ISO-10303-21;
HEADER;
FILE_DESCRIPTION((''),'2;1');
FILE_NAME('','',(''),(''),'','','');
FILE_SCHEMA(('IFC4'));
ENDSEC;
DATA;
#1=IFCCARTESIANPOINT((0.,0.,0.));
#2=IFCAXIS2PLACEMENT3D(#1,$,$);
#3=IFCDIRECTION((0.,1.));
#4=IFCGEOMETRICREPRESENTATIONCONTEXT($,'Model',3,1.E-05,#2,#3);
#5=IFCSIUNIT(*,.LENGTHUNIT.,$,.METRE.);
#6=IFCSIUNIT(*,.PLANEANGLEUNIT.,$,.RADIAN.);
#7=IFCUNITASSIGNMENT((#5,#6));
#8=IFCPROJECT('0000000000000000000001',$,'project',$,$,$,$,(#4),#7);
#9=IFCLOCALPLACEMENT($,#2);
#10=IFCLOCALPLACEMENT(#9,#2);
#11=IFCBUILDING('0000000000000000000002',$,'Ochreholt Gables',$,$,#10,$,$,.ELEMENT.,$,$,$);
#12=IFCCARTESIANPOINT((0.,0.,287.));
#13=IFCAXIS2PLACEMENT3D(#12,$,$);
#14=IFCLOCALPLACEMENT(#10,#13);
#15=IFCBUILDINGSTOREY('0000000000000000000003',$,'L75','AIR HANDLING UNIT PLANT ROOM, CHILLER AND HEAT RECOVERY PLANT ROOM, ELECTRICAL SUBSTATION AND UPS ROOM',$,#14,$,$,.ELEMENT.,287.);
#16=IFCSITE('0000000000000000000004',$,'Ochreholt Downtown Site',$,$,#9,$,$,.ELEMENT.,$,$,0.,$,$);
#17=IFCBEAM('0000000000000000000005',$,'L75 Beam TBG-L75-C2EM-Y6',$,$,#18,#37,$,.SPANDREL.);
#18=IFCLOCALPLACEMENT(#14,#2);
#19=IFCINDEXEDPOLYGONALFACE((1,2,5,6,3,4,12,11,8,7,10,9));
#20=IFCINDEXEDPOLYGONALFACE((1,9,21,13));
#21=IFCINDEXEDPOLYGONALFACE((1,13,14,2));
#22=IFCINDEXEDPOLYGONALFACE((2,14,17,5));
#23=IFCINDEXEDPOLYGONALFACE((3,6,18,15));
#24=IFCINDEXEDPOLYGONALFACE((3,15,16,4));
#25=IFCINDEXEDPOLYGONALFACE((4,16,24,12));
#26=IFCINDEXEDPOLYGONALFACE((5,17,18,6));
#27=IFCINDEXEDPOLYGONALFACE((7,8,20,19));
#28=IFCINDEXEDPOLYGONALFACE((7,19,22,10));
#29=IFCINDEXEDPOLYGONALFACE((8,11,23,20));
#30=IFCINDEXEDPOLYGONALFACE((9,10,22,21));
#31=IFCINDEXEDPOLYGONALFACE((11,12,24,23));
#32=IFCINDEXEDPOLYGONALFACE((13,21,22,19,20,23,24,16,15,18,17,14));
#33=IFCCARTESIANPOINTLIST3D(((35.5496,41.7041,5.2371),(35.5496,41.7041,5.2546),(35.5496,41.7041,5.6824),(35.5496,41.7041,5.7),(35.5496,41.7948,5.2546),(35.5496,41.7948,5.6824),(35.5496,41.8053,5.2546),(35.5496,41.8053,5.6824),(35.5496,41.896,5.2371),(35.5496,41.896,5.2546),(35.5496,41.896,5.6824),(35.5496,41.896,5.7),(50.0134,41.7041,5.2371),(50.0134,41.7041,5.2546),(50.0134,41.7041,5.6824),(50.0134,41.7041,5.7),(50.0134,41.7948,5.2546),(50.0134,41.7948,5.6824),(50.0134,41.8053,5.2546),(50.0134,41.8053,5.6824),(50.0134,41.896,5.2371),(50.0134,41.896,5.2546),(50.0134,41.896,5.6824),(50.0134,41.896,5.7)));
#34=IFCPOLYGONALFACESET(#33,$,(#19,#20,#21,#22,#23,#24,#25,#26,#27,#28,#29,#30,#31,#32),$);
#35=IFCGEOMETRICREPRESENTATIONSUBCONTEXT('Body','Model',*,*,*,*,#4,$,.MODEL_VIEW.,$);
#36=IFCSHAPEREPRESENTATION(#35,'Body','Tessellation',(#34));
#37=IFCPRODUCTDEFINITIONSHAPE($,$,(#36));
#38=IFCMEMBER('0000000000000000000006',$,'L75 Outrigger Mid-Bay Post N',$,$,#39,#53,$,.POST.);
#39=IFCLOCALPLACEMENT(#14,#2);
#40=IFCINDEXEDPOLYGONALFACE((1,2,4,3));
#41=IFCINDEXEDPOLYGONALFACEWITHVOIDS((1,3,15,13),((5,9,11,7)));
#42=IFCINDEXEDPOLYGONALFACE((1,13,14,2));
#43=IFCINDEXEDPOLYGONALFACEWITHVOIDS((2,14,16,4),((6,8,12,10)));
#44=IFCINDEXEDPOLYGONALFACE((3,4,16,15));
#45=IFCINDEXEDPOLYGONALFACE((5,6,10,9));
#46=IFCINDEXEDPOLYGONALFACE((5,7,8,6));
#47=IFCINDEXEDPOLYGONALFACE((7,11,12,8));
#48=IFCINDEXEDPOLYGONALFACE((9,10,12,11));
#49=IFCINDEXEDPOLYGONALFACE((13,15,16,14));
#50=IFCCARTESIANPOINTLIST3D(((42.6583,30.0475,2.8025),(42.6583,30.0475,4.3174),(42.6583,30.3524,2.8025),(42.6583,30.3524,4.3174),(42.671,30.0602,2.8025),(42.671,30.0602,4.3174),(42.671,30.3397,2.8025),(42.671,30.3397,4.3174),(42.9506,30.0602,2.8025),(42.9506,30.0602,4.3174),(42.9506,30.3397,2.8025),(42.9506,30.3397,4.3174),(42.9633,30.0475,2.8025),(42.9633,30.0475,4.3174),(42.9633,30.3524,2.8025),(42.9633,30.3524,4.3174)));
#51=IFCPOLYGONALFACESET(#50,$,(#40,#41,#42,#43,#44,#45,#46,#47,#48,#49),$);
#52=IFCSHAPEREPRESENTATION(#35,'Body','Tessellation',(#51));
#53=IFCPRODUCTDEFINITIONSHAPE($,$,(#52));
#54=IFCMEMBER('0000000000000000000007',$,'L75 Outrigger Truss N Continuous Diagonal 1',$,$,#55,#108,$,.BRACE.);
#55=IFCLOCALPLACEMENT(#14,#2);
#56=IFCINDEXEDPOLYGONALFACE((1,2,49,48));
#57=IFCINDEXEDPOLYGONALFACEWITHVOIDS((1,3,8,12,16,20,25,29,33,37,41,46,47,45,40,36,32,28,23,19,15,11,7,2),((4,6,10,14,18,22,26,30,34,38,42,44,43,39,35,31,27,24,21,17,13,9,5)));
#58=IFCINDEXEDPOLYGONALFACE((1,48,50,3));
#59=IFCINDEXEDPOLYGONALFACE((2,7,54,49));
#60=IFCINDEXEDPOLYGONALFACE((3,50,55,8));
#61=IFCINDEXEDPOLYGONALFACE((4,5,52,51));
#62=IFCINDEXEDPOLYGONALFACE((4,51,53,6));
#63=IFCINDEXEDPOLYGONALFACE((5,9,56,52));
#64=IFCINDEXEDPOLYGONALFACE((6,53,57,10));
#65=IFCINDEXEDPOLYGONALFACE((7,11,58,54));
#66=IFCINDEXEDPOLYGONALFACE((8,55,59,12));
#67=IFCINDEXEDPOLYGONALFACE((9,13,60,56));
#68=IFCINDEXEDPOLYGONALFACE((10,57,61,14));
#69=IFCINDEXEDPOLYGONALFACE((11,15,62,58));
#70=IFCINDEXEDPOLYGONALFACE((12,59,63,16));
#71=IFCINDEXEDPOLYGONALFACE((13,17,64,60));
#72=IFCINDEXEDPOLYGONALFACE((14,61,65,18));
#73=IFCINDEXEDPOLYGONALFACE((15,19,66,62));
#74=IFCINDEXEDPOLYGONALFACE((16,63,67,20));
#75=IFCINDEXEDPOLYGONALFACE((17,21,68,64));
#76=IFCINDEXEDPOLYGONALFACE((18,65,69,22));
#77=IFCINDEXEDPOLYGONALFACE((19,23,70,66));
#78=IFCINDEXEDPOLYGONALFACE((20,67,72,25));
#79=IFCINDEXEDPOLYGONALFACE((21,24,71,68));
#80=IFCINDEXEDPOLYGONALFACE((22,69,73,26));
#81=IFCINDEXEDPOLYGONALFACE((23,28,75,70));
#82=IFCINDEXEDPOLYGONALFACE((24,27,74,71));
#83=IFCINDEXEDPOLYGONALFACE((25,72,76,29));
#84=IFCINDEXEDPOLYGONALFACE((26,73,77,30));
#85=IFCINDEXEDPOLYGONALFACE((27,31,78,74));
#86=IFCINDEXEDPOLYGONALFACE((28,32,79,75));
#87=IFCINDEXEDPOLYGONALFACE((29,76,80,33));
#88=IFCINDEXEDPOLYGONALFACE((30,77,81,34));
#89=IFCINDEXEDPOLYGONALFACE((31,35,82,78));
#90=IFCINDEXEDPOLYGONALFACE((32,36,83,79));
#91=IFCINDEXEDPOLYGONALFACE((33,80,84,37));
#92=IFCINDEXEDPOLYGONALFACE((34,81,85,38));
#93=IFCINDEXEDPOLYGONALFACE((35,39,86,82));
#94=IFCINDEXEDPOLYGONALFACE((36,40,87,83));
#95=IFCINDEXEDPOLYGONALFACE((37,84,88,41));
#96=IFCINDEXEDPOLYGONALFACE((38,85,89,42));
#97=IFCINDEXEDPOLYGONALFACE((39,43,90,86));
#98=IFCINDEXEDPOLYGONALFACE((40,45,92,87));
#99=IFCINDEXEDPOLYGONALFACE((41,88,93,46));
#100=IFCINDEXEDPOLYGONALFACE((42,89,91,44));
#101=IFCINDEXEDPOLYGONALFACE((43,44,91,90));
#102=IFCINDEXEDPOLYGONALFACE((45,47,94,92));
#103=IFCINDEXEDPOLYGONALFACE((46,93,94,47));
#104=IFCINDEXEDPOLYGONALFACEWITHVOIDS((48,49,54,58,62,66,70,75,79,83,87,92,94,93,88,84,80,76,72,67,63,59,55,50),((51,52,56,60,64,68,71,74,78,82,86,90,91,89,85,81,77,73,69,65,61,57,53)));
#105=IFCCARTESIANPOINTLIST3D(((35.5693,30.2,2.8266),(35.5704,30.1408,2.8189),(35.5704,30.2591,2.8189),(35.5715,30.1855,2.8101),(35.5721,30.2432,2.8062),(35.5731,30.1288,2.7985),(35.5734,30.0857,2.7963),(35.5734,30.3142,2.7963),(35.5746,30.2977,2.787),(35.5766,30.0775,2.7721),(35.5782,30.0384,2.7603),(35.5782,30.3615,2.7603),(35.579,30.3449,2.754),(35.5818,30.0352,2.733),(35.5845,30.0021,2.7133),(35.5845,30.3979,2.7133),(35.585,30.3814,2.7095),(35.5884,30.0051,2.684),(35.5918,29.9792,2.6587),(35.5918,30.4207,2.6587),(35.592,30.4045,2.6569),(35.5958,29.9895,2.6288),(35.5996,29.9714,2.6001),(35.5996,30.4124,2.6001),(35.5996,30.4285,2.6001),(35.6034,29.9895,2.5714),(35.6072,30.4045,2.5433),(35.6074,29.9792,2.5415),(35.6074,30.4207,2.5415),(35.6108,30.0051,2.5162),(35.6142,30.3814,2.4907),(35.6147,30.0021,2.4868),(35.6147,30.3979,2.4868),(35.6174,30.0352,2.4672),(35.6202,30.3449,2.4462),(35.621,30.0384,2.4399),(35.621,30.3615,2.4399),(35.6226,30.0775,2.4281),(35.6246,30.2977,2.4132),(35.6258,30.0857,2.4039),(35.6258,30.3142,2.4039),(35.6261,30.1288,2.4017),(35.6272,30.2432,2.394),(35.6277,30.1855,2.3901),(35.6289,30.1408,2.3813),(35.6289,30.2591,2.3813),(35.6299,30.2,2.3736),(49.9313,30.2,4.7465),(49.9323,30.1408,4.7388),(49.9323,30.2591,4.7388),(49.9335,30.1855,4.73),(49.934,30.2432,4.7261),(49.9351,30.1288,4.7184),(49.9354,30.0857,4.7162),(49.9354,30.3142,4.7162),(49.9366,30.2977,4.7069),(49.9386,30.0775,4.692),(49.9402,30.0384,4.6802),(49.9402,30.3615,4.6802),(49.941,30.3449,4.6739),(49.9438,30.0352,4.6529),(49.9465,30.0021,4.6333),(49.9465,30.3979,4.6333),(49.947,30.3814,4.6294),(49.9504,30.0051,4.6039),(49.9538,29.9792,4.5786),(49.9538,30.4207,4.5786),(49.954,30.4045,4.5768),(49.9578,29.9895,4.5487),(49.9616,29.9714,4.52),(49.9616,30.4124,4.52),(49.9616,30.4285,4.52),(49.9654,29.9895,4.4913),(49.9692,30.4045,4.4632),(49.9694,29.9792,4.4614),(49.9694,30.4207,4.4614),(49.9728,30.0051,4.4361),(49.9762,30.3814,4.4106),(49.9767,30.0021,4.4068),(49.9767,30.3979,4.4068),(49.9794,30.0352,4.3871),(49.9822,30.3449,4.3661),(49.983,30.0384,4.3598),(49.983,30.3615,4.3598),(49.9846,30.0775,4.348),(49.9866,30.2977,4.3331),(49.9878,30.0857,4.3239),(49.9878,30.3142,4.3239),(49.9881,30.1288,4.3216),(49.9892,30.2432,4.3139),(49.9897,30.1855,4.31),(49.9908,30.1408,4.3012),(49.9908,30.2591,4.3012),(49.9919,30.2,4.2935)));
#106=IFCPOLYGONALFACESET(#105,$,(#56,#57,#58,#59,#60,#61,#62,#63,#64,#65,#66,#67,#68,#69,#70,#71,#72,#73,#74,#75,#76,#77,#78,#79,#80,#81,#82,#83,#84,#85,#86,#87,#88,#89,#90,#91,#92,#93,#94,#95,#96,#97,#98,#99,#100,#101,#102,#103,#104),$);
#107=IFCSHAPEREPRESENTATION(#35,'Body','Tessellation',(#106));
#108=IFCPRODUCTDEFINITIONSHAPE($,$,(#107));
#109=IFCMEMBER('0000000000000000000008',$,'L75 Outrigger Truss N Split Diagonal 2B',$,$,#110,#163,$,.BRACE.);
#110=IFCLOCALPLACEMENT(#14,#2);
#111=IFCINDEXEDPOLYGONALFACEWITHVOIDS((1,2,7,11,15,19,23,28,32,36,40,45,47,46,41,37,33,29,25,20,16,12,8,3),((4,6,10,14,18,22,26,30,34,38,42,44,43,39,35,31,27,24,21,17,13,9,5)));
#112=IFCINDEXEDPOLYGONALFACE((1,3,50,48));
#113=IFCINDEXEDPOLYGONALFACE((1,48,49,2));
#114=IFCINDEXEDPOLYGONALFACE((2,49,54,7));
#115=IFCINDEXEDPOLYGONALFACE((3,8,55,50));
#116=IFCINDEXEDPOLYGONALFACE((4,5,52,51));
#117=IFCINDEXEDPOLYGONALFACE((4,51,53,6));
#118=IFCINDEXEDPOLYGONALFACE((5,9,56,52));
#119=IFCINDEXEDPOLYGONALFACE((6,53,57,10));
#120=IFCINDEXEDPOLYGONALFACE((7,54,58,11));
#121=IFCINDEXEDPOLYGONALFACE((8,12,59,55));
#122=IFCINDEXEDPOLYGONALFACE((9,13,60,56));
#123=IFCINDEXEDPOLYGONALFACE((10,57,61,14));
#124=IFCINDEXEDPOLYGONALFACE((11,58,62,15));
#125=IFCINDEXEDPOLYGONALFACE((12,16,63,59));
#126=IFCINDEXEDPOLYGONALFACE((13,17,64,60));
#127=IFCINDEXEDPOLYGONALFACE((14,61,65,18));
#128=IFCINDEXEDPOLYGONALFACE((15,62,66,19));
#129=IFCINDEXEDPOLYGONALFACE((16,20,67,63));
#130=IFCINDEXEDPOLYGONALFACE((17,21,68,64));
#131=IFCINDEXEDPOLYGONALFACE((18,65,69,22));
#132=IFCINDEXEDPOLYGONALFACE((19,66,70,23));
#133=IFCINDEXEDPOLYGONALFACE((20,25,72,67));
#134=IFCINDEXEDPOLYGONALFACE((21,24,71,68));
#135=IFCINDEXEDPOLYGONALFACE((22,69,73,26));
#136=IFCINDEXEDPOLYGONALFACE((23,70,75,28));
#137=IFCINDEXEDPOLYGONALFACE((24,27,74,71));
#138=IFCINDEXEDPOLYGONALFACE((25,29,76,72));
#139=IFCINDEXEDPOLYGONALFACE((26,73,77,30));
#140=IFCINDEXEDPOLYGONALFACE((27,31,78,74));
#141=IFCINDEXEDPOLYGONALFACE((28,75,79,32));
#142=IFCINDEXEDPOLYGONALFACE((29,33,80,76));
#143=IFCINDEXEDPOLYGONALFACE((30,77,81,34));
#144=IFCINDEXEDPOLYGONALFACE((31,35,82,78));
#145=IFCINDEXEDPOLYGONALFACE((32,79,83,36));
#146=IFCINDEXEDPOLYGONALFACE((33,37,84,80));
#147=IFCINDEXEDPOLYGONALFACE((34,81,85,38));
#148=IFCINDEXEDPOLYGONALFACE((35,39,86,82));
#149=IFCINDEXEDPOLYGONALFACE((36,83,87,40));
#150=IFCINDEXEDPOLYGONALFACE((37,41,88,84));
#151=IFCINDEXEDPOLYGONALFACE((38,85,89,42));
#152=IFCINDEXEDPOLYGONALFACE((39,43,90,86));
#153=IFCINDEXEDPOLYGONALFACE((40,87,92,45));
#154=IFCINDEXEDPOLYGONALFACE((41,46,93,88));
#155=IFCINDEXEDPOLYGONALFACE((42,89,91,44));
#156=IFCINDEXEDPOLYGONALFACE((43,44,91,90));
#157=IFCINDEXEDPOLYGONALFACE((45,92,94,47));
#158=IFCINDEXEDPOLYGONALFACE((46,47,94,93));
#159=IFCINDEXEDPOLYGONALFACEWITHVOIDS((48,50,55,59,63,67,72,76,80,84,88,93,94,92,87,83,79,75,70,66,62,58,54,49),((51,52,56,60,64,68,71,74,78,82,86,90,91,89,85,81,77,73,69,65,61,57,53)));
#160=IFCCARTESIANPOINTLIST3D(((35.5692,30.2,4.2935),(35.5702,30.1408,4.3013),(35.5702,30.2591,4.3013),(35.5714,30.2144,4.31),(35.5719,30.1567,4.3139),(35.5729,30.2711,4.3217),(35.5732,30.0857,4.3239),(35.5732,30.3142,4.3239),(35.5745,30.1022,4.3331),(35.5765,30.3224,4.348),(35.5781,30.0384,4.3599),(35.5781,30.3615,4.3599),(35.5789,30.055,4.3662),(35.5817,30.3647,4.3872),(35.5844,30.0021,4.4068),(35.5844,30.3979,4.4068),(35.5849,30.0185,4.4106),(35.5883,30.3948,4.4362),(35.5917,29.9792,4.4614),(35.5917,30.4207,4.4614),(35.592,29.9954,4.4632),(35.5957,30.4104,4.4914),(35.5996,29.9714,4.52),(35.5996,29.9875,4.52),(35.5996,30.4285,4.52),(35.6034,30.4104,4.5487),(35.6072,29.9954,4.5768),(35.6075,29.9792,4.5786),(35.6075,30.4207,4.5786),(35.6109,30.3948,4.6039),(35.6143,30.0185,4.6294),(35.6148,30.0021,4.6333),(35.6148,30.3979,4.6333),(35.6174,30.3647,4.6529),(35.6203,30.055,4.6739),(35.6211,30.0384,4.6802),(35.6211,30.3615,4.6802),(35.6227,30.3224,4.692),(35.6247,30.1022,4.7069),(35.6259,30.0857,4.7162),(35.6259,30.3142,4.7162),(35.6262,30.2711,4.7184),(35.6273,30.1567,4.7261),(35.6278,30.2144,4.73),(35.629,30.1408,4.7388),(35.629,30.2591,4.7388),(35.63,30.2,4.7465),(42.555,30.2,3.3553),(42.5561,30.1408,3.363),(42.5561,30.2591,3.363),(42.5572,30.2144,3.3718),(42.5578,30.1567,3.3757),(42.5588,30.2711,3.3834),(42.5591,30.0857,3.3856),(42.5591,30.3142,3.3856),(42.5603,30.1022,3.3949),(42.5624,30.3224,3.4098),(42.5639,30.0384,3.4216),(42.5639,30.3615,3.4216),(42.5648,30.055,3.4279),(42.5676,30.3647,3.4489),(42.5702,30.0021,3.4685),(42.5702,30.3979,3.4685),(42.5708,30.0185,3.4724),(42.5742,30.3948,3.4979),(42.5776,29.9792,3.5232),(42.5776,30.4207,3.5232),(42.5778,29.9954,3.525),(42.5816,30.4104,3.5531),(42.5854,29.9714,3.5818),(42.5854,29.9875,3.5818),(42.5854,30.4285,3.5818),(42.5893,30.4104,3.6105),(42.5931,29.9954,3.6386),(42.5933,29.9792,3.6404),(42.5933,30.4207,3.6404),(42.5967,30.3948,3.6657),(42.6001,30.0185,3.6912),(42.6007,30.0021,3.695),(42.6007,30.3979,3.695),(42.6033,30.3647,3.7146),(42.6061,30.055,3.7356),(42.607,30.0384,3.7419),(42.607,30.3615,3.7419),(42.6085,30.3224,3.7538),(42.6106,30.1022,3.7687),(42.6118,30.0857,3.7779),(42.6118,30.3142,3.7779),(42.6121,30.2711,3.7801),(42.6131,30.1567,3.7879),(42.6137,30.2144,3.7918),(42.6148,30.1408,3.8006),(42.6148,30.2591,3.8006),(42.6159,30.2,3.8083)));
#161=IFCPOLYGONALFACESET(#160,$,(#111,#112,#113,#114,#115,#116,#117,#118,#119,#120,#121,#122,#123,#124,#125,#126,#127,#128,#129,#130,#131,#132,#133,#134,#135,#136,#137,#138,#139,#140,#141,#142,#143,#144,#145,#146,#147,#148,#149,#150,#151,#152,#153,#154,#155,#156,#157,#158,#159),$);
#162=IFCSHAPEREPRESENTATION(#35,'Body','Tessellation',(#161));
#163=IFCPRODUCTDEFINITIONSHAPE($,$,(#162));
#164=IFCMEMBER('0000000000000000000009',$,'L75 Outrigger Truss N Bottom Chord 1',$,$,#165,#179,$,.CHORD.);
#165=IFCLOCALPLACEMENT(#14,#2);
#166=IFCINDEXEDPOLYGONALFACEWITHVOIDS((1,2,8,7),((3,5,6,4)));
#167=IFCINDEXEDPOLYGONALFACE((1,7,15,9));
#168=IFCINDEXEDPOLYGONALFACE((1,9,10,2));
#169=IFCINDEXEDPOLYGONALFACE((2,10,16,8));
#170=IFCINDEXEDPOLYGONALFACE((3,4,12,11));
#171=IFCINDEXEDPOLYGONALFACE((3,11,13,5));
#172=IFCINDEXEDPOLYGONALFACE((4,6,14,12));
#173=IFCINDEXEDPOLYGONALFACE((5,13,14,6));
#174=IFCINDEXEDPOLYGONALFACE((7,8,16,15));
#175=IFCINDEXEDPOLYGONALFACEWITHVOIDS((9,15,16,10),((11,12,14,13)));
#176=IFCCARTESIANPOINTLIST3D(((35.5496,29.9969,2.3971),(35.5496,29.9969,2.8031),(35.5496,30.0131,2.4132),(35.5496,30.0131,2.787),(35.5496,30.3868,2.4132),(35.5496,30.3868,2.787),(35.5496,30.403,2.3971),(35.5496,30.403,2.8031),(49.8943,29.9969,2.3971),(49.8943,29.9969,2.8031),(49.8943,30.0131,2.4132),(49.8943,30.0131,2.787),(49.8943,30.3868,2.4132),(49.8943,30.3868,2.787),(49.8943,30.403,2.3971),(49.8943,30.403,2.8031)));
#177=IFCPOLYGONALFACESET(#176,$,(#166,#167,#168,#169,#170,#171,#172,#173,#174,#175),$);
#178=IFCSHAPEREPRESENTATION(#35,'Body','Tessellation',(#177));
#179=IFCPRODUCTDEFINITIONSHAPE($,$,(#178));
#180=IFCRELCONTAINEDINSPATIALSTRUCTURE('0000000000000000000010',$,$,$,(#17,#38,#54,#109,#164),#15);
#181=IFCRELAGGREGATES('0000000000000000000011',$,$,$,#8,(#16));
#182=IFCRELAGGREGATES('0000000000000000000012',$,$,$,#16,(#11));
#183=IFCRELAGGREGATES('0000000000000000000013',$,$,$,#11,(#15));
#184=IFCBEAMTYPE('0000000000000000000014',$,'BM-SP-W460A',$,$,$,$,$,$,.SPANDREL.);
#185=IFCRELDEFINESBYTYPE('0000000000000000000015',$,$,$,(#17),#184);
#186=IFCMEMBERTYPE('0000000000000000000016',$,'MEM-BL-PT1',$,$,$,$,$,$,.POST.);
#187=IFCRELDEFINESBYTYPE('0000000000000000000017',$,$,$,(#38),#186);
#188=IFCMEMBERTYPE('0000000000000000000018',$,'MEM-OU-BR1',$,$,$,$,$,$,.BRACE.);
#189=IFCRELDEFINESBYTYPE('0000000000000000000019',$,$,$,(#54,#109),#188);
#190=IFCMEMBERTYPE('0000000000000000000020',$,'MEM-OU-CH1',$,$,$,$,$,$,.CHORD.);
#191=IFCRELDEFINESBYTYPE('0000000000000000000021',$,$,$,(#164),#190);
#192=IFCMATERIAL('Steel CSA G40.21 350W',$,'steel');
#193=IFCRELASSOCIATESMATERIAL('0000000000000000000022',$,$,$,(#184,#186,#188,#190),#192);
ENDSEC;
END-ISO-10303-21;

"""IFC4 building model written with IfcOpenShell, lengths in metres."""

from ifc_helpers import new_model, si_unit, direction, frame, origin, origin_2d, place, context, subcontext, project, spatial, hollow_rectangle, hollow_circle, i_section, extrude, material, material_profile, profile_set, type_object, element, save


model = new_model("IFC4")

# Units and contexts
model_context = context("Model", 3, precision=1e-05, world=origin(), true_north=direction((0.0, 1.0)))
body_context = subcontext(model_context, "Body", "Model", "MODEL_VIEW")
ifc_project = project(units=[si_unit("LENGTHUNIT", "METRE"), si_unit("PLANEANGLEUNIT", "RADIAN")], contexts=[model_context])

# Site, building, storey
site_placement = place(None, origin())
site = spatial("IfcSite", under=ifc_project, at=site_placement, Name="Ochreholt Downtown Site", CompositionType="ELEMENT", RefElevation=0.0)
building_placement = place(site_placement, origin())
building = spatial("IfcBuilding", under=site, at=building_placement, Name="Ochreholt Gables", CompositionType="ELEMENT")
storey_placement = place(building_placement, frame((0.0, 0.0, 287.0)))
storey = spatial("IfcBuildingStorey", under=building, at=storey_placement, Name="L75", Description="AIR HANDLING UNIT PLANT ROOM, CHILLER AND HEAT RECOVERY PLANT ROOM, ELECTRICAL SUBSTATION AND UPS ROOM", CompositionType="ELEMENT", Elevation=287.0)

# Beam
ifc_material_1 = material(Name="Steel CSA G40.21 350W", Category="steel")
ifc_material_profile_1 = material_profile(ifc_material_1, i_section(OverallWidth=0.1919, OverallDepth=0.4629, WebThickness=0.0105, FlangeThickness=0.0176, at=origin_2d()), Name="W460X89")
ifc_profile_set_1 = profile_set([ifc_material_profile_1], Name="Steel CSA G40.21 350W")
beam_type_1 = type_object("IfcBeamType", Name="BM-SP-W460A", PredefinedType="SPANDREL", material=ifc_profile_set_1)
beam_1_placement = place(storey_placement, frame((35.5496, 41.8, 5.4685), z_axis=(1.0, 0.0, 0.0), x_axis=(0.0, 1.0, 0.0)))
element("IfcBeam", 1, at=beam_1_placement, inside=storey, type_object=beam_type_1, Name="L75 Beam TBG-L75-C2EM-Y6", PredefinedType="SPANDREL", context=body_context, shape_type="SweptSolid", body=[
    extrude(i_section(OverallWidth=0.1919, OverallDepth=0.4629, WebThickness=0.0105, FlangeThickness=0.0176, at=origin_2d()), origin(), (0.0, 0.0, 1.0), 14.4639),
])

# Members
ifc_material_profile_2 = material_profile(ifc_material_1, hollow_rectangle(XDim=0.3049, YDim=0.3049, WallThickness=0.0127, at=origin_2d()), Name="HSS305X305X13")
ifc_profile_set_2 = profile_set([ifc_material_profile_2], Name="Steel CSA G40.21 350W")
member_type_1 = type_object("IfcMemberType", Name="MEM-BL-PT1", PredefinedType="POST", material=ifc_profile_set_2)
member_1_placement = place(storey_placement, frame((42.8108, 30.2, 2.8025), z_axis=(0.0, 0.0, 1.0), x_axis=(1.0, 0.0, 0.0)))
element("IfcMember", 2, at=member_1_placement, inside=storey, type_object=member_type_1, Name="L75 Outrigger Mid-Bay Post N", PredefinedType="POST", context=body_context, shape_type="SweptSolid", body=[
    extrude(hollow_rectangle(XDim=0.3049, YDim=0.3049, WallThickness=0.0127, at=origin_2d()), origin(), (0.0, 0.0, 1.0), 1.5149),
])
ifc_material_profile_3 = material_profile(ifc_material_1, hollow_circle(Radius=0.2285, WallThickness=0.0161, at=origin_2d()), Name="CHS457X16")
ifc_profile_set_3 = profile_set([ifc_material_profile_3], Name="Steel CSA G40.21 350W")
member_type_2 = type_object("IfcMemberType", Name="MEM-OU-BR1", PredefinedType="BRACE", material=ifc_profile_set_3)
member_2_placement = place(storey_placement, frame((35.5996, 30.2, 2.6001), z_axis=(0.991183, 0.0, 0.132501), x_axis=(0.0, 1.0, 0.0)))
element("IfcMember", 3, at=member_2_placement, inside=storey, type_object=member_type_2, Name="L75 Outrigger Truss N Continuous Diagonal 1", PredefinedType="BRACE", context=body_context, shape_type="SweptSolid", body=[
    extrude(hollow_circle(Radius=0.2285, WallThickness=0.0161, at=origin_2d()), origin(), (0.0, 0.0, 1.0), 14.4897),
])
member_3_placement = place(storey_placement, frame((42.5854, 30.2, 3.5818), z_axis=(-0.991101, 0.0, 0.13311), x_axis=(0.0, -1.0, 0.0)))
element("IfcMember", 4, at=member_3_placement, inside=storey, type_object=member_type_2, Name="L75 Outrigger Truss N Split Diagonal 2B", PredefinedType="BRACE", context=body_context, shape_type="SweptSolid", body=[
    extrude(hollow_circle(Radius=0.2285, WallThickness=0.0161, at=origin_2d()), origin(), (0.0, 0.0, 1.0), 7.0486),
])
ifc_material_profile_4 = material_profile(ifc_material_1, hollow_rectangle(XDim=0.406, YDim=0.406, WallThickness=0.0161, at=origin_2d()), Name="HSS406X406X16")
ifc_profile_set_4 = profile_set([ifc_material_profile_4], Name="Steel CSA G40.21 350W")
member_type_3 = type_object("IfcMemberType", Name="MEM-OU-CH1", PredefinedType="CHORD", material=ifc_profile_set_4)
member_4_placement = place(storey_placement, frame((35.5496, 30.2, 2.6001), z_axis=(1.0, 0.0, 0.0), x_axis=(0.0, 1.0, 0.0)))
element("IfcMember", 5, at=member_4_placement, inside=storey, type_object=member_type_3, Name="L75 Outrigger Truss N Bottom Chord 1", PredefinedType="CHORD", context=body_context, shape_type="SweptSolid", body=[
    extrude(hollow_rectangle(XDim=0.406, YDim=0.406, WallThickness=0.0161, at=origin_2d()), origin(), (0.0, 0.0, 1.0), 14.3447),
])

save(model, "model.ifc")
